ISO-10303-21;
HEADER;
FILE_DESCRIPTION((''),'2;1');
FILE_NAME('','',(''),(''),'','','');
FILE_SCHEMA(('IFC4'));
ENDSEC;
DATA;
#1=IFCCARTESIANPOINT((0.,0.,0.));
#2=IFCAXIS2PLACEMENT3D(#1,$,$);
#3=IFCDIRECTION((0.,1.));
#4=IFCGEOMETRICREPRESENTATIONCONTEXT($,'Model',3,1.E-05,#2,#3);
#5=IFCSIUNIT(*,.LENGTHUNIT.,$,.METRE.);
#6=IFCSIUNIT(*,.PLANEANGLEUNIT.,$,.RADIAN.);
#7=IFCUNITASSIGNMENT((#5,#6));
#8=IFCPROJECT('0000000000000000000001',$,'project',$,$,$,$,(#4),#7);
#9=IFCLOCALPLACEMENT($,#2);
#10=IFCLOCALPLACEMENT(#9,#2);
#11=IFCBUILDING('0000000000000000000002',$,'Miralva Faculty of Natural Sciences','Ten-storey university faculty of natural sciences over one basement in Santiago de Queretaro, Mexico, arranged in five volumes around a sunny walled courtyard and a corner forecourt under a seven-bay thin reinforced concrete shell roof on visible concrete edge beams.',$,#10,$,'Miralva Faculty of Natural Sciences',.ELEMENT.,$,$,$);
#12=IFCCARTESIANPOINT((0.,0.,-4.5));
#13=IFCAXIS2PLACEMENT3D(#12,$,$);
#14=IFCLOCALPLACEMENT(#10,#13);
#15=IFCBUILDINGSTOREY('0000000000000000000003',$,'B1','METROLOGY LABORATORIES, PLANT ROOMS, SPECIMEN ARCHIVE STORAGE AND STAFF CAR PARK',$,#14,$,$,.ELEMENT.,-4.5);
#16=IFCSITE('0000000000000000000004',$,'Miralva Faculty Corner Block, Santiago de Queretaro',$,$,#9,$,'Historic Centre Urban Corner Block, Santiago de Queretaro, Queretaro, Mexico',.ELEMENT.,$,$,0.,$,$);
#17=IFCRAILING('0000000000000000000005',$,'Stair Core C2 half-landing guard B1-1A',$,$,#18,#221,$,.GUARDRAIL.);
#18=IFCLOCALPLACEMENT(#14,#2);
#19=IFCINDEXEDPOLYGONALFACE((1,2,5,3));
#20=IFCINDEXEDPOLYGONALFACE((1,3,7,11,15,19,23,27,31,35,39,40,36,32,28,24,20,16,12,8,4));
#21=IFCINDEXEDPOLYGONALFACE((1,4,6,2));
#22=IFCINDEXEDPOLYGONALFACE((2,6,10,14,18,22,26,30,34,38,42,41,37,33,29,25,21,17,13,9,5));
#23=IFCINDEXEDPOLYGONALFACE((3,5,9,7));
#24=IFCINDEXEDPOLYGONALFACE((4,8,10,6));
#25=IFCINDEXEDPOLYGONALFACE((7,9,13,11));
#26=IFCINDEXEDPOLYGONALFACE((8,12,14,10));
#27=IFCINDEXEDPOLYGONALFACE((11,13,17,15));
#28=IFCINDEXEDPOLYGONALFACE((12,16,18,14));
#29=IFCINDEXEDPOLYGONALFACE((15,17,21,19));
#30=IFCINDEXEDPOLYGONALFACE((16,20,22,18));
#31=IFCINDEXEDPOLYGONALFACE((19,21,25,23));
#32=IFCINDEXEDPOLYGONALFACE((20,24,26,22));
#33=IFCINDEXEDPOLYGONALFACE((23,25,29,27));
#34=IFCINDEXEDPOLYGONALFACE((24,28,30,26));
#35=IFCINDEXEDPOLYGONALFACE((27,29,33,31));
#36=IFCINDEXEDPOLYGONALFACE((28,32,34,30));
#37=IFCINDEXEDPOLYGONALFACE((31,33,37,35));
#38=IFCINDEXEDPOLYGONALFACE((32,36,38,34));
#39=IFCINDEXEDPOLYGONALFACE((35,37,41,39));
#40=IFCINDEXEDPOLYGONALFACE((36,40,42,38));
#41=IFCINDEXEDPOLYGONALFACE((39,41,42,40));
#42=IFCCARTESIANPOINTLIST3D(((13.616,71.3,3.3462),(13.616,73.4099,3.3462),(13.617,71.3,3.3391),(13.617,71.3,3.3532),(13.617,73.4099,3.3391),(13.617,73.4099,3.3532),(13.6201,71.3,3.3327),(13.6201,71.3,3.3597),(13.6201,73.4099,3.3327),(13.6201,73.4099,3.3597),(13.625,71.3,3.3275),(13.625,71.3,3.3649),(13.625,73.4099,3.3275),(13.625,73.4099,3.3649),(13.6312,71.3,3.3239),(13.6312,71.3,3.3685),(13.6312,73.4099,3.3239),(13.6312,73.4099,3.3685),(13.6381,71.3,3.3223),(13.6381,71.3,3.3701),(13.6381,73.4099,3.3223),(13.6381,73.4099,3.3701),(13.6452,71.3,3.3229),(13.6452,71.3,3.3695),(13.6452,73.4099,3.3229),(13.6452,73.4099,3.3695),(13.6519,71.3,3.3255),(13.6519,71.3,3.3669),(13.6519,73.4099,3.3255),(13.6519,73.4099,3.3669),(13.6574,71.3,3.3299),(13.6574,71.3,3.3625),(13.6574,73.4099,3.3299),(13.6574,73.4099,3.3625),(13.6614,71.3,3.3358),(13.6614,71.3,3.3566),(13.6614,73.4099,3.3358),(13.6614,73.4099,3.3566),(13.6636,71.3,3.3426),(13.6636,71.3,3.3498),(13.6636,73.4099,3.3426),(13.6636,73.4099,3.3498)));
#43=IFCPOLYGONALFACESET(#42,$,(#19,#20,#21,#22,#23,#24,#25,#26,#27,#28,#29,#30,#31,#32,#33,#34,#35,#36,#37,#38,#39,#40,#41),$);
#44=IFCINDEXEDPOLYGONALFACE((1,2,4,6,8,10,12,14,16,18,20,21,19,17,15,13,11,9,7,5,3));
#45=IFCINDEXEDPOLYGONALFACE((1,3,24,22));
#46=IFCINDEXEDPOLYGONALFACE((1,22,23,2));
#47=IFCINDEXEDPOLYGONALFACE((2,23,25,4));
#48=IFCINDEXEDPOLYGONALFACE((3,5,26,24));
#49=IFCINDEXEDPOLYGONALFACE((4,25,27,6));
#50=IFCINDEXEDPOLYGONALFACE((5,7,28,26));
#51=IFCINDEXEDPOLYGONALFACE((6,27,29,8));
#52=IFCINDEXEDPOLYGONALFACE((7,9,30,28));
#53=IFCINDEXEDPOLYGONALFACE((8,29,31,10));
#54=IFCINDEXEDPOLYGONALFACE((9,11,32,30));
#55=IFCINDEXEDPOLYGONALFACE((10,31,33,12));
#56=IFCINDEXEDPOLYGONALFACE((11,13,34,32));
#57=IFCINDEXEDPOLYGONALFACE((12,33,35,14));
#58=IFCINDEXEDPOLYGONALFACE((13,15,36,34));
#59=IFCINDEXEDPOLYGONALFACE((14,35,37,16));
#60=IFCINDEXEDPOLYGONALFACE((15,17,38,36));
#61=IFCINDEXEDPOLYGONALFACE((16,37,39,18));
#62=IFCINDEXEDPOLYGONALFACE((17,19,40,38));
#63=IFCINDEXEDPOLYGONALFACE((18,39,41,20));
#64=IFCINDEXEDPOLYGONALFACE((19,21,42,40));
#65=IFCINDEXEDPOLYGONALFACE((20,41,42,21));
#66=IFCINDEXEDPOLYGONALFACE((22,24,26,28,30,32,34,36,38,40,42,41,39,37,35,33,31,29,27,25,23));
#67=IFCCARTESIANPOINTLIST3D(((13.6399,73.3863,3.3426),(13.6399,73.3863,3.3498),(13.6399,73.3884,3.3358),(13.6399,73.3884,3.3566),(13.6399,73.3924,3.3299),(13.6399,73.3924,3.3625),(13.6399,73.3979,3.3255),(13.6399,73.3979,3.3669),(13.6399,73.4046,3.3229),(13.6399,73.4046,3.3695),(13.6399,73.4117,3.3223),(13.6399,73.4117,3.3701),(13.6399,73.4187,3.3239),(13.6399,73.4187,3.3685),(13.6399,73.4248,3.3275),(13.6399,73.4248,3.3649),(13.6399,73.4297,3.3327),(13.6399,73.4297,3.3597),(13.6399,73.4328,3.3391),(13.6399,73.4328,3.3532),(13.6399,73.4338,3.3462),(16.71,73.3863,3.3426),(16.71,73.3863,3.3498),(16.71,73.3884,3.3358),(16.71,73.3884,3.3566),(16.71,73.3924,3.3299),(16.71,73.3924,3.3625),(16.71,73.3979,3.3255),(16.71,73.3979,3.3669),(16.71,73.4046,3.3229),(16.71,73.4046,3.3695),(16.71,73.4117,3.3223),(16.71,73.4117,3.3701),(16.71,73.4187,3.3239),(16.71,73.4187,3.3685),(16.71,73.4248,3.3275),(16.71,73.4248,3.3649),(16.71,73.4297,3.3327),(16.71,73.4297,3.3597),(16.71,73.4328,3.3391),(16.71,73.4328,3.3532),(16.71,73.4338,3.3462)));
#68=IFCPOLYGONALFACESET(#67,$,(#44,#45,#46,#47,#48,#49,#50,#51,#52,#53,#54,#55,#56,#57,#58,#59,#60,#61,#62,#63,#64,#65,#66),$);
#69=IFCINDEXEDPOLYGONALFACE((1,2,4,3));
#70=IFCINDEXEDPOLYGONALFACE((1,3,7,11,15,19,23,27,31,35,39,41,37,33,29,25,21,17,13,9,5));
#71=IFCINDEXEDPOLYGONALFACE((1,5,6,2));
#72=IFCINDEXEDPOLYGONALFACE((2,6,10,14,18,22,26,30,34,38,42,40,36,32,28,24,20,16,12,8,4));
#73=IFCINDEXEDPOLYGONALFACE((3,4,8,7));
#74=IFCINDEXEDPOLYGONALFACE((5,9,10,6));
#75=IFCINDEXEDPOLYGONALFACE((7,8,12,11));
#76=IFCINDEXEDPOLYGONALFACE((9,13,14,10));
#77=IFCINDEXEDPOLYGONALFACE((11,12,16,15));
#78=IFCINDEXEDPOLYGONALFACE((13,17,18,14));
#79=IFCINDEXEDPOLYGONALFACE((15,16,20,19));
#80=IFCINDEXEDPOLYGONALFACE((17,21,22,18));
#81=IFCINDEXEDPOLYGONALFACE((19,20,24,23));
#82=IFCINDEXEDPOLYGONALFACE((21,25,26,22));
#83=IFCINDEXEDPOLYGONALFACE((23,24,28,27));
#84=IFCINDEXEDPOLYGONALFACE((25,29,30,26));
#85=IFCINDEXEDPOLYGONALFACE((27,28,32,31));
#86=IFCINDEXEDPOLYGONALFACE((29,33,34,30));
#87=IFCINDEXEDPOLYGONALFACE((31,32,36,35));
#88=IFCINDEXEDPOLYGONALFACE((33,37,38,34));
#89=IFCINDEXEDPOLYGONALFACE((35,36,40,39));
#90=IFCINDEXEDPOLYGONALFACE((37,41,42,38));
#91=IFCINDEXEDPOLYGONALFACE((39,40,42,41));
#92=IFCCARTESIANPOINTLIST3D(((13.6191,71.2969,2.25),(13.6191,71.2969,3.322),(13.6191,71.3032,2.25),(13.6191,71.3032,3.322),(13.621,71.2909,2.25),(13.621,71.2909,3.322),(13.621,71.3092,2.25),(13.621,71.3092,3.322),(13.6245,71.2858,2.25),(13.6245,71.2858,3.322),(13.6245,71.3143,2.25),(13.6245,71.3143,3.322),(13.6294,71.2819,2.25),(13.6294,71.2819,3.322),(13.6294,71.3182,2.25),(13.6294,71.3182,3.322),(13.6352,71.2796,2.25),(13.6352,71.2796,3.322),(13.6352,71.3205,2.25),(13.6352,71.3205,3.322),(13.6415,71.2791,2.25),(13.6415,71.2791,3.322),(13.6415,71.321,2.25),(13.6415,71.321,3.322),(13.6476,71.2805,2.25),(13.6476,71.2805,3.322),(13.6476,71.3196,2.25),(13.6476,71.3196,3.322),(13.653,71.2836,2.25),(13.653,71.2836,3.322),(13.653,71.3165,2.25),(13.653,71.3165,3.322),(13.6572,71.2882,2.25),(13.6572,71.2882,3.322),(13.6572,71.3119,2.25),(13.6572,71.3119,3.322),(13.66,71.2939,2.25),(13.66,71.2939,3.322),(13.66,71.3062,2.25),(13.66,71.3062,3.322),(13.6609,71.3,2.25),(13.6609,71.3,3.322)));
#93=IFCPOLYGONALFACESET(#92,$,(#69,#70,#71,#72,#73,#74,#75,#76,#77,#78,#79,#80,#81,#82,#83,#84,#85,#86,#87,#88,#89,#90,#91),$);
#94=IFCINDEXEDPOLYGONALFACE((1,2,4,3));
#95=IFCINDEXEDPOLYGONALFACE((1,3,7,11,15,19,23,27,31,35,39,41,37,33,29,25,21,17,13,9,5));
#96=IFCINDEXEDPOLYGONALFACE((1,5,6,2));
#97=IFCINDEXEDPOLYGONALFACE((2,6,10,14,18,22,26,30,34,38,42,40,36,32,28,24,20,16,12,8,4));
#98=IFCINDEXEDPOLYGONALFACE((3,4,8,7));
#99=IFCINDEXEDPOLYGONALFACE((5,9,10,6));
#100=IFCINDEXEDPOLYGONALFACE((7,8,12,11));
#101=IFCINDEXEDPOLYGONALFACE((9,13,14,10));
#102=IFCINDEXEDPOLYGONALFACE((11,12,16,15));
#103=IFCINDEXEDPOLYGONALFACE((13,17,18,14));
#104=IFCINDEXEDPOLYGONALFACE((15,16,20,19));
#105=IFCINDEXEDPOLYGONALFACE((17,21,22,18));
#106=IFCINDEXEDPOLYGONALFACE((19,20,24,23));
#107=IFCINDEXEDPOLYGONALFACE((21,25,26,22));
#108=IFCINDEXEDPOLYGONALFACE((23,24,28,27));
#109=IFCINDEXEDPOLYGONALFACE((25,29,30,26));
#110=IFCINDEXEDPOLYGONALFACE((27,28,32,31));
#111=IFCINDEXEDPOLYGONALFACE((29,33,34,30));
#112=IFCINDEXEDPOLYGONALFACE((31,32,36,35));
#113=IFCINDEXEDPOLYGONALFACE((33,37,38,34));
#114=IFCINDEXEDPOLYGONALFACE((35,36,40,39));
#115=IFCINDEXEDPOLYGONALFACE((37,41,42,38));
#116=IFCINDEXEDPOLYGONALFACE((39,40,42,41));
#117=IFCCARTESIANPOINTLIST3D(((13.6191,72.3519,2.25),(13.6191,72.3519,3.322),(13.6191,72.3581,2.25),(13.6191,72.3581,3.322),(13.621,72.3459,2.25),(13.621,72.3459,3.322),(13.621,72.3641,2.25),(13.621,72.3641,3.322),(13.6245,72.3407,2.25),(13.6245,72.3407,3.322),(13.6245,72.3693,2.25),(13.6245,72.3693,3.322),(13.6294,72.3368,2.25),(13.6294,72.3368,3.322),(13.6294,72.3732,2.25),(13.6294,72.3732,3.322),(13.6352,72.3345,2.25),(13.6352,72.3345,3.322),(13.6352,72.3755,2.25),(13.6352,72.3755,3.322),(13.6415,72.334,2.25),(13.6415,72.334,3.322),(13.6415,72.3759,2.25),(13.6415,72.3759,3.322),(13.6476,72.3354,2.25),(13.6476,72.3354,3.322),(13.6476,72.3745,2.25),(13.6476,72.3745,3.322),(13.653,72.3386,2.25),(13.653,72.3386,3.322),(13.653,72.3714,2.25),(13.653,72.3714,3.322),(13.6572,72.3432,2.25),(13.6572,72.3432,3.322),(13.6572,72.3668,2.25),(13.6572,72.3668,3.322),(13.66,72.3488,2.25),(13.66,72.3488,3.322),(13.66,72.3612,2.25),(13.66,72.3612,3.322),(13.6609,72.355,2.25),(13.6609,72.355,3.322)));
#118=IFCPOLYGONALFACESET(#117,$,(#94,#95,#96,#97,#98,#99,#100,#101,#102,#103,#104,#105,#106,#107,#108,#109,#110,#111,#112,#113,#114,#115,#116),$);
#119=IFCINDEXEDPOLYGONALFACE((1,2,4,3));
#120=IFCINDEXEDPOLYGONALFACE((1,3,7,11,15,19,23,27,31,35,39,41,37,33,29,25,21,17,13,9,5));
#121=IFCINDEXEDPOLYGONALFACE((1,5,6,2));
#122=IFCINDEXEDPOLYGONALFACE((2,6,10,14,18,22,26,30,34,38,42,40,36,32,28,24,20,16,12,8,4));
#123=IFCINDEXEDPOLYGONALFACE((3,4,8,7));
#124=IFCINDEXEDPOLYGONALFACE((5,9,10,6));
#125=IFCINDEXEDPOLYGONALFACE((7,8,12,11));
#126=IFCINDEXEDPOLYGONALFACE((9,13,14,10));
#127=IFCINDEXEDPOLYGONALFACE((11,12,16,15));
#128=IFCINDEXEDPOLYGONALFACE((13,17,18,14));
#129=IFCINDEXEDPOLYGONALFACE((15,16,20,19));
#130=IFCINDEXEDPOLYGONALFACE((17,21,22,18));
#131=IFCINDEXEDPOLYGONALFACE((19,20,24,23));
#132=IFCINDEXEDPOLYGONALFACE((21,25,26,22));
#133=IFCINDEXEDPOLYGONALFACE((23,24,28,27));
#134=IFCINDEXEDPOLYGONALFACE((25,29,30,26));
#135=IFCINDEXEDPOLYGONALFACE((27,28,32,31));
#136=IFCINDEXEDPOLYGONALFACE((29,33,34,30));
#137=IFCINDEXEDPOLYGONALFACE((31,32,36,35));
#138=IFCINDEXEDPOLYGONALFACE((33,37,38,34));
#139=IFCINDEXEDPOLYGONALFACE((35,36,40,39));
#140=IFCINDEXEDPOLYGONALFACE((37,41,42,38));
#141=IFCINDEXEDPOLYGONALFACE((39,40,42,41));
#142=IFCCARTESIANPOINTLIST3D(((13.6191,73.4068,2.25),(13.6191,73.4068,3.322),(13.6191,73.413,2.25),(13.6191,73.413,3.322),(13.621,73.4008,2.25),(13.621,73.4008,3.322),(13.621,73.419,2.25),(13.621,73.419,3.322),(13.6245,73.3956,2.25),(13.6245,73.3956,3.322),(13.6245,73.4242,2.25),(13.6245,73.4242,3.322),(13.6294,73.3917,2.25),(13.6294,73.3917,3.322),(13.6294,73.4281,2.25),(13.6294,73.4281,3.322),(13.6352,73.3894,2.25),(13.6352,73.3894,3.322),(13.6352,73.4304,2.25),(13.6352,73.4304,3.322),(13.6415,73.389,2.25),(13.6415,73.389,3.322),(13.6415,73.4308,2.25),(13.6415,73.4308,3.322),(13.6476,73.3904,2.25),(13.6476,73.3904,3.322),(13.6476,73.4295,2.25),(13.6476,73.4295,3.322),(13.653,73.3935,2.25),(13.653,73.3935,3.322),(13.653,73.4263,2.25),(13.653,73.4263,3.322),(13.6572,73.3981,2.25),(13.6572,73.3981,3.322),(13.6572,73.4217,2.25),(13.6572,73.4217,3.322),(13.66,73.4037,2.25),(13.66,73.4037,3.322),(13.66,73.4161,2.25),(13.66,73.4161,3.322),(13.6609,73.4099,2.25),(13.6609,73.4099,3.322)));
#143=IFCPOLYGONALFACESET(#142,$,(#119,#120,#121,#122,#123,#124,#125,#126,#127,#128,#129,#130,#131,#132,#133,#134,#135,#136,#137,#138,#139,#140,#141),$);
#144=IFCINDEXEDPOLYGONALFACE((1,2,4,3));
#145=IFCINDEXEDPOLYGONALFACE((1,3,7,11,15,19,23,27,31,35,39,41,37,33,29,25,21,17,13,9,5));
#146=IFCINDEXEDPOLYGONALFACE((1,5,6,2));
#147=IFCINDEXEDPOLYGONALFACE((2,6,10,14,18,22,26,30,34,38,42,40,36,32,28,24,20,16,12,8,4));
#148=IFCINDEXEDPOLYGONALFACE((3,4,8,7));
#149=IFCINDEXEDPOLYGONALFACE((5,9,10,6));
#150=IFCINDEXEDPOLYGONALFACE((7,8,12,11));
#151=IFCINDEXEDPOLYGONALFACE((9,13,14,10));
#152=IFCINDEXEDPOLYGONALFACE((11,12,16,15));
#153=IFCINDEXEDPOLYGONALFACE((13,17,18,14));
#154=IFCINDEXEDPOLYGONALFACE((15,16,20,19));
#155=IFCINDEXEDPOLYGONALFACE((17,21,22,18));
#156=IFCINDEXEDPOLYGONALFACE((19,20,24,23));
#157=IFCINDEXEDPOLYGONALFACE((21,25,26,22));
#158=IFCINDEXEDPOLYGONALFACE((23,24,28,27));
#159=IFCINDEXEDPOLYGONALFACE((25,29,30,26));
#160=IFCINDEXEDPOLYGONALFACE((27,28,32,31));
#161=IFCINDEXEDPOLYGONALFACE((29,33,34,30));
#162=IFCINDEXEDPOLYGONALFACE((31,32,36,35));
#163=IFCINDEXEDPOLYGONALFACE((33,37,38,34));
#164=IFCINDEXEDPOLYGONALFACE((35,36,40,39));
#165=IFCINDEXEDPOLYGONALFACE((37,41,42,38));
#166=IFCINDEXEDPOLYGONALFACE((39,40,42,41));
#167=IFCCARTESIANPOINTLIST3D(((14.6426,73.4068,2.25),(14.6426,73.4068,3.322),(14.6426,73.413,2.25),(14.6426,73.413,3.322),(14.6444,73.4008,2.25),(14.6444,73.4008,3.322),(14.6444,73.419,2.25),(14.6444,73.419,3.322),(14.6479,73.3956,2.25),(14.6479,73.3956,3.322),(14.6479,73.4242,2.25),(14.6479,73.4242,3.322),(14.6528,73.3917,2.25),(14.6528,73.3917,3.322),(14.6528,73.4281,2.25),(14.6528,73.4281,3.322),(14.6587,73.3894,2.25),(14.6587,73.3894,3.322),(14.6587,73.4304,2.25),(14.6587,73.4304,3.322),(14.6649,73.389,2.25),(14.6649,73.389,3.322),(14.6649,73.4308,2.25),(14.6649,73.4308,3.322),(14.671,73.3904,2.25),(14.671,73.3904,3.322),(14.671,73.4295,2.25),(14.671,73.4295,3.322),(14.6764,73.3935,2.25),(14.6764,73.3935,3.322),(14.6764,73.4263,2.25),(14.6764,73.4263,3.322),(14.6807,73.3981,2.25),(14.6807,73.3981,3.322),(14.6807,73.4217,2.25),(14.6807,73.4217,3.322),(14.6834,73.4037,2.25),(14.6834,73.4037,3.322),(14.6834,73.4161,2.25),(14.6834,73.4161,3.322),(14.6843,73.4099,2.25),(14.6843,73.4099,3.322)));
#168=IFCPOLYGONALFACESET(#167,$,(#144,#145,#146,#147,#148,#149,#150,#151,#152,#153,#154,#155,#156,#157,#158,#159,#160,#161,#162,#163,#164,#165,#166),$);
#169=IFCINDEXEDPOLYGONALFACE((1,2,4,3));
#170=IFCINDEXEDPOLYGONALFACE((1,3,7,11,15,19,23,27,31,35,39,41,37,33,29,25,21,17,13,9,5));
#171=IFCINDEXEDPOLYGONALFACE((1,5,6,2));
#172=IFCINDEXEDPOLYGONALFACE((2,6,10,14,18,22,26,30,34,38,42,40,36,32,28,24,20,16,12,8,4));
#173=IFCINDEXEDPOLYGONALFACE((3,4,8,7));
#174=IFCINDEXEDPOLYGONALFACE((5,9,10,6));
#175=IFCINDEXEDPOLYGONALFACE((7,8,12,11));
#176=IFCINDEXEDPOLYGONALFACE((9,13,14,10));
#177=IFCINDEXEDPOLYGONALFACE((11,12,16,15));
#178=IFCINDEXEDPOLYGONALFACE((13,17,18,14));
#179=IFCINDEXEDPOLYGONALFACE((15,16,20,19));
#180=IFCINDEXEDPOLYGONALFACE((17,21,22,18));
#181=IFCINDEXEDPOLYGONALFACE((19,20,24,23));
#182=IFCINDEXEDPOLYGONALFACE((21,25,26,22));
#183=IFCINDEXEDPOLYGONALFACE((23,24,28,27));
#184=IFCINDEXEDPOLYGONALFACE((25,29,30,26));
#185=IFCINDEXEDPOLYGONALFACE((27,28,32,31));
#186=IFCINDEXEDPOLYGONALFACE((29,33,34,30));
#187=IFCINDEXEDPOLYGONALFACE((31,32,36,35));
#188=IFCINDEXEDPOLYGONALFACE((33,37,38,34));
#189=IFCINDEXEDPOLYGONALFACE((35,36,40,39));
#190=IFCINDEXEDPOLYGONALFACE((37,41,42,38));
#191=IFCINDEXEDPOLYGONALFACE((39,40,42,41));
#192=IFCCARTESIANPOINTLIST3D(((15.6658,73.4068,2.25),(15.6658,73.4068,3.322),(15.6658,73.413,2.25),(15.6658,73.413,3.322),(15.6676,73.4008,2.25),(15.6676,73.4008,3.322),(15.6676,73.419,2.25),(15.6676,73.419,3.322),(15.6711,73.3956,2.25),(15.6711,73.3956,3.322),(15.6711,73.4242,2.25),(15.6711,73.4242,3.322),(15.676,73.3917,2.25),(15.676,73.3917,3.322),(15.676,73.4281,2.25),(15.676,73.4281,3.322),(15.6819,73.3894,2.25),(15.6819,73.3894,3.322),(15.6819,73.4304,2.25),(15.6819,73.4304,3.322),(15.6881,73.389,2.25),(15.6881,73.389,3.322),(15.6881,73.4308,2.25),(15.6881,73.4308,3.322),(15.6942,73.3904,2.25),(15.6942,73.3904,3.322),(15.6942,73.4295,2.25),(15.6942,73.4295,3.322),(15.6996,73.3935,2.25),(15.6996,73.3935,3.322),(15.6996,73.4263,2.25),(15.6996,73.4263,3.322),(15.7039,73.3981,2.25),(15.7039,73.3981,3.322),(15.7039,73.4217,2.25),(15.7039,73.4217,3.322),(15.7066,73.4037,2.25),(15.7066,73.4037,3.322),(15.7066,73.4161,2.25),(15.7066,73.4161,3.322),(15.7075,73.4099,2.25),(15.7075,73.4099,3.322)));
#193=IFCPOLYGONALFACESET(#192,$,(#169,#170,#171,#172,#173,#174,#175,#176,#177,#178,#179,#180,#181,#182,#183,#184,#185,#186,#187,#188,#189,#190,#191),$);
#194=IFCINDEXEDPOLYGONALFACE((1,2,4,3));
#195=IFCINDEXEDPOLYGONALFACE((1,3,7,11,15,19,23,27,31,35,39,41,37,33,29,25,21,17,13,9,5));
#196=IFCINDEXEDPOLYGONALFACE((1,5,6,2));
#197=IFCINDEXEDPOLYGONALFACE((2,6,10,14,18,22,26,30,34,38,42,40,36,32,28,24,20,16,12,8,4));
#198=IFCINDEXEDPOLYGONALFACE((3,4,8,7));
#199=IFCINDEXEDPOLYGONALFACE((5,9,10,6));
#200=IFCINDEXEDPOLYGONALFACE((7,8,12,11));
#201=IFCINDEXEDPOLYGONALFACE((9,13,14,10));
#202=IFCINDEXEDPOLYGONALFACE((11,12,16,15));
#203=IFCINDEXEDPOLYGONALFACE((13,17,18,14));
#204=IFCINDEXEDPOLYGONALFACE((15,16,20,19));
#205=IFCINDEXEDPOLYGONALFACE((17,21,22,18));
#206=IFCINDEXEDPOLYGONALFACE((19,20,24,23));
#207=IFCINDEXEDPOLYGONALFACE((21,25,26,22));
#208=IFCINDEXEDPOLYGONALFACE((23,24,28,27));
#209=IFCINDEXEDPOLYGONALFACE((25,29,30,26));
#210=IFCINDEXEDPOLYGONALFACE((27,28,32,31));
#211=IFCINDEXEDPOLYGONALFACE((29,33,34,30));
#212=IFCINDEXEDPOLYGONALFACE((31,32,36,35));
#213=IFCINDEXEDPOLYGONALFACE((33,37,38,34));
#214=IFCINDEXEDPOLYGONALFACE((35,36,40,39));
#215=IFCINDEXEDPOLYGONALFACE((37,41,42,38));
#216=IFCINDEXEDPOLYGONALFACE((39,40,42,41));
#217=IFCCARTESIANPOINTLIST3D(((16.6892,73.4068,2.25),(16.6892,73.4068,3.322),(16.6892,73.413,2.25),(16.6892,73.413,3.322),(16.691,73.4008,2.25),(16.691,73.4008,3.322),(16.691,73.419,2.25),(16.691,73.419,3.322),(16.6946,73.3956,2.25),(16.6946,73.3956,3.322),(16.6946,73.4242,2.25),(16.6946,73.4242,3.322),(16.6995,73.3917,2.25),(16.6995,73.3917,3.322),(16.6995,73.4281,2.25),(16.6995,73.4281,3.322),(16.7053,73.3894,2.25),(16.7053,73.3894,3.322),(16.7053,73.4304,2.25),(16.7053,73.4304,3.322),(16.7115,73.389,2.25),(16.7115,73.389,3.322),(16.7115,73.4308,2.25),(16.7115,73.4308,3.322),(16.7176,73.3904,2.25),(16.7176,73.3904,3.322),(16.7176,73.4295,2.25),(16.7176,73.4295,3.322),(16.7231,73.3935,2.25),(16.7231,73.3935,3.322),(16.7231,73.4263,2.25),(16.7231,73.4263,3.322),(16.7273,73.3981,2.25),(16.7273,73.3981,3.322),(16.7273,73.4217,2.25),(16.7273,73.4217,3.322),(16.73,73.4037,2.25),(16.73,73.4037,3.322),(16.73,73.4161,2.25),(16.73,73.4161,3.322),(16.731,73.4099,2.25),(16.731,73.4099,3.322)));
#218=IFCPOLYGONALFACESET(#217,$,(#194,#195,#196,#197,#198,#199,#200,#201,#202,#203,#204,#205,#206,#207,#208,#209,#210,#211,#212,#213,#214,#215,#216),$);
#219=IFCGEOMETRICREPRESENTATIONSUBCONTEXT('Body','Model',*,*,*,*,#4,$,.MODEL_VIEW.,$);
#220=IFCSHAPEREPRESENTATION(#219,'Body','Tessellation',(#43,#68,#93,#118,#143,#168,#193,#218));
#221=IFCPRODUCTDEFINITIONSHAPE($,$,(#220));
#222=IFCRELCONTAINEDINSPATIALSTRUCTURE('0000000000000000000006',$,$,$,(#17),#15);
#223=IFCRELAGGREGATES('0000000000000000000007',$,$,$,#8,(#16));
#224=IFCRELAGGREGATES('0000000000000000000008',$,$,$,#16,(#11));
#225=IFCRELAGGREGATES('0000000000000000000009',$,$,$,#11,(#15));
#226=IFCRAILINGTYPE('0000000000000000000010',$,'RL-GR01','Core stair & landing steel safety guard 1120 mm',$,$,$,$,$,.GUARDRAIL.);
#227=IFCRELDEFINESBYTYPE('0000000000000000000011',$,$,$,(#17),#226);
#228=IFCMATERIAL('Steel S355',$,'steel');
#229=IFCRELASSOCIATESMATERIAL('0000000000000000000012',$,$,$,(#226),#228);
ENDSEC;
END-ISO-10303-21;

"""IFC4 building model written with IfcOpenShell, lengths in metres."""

from ifc_helpers import new_model, si_unit, direction, frame, origin, origin_2d, place, context, subcontext, project, spatial, circle, extrude, material, type_object, element, save


model = new_model("IFC4")

# Units and contexts
model_context = context("Model", 3, precision=1e-05, world=origin(), true_north=direction((0.0, 1.0)))
body_context = subcontext(model_context, "Body", "Model", "MODEL_VIEW")
ifc_project = project(units=[si_unit("LENGTHUNIT", "METRE"), si_unit("PLANEANGLEUNIT", "RADIAN")], contexts=[model_context])

# Site, building, storey
site_placement = place(None, origin())
site = spatial("IfcSite", under=ifc_project, at=site_placement, Name="Miralva Faculty Corner Block, Santiago de Queretaro", LongName="Historic Centre Urban Corner Block, Santiago de Queretaro, Queretaro, Mexico", CompositionType="ELEMENT", RefElevation=0.0)
building_placement = place(site_placement, origin())
building = spatial("IfcBuilding", under=site, at=building_placement, Name="Miralva Faculty of Natural Sciences", Description="Ten-storey university faculty of natural sciences over one basement in Santiago de Queretaro, Mexico, arranged in five volumes around a sunny walled courtyard and a corner forecourt under a seven-bay thin reinforced concrete shell roof on visible concrete edge beams.", LongName="Miralva Faculty of Natural Sciences", CompositionType="ELEMENT")
storey_placement = place(building_placement, frame((0.0, 0.0, -4.5)))
storey = spatial("IfcBuildingStorey", under=building, at=storey_placement, Name="B1", Description="METROLOGY LABORATORIES, PLANT ROOMS, SPECIMEN ARCHIVE STORAGE AND STAFF CAR PARK", CompositionType="ELEMENT", Elevation=-4.5)

# Railing
ifc_material_1 = material(Name="Steel S355", Category="steel")
railing_type_1 = type_object("IfcRailingType", Name="RL-GR01", Description="Core stair & landing steel safety guard 1120 mm", PredefinedType="GUARDRAIL", material=ifc_material_1)
railing_1_placement = place(storey_placement, frame((13.6399, 71.3, 2.25)))
element("IfcRailing", 1, at=railing_1_placement, inside=storey, type_object=railing_type_1, Name="Stair Core C2 half-landing guard B1-1A", PredefinedType="GUARDRAIL", context=body_context, shape_type="SweptSolid", body=[
    extrude(circle(Radius=0.0239, at=origin_2d()), frame((0.0, 0.0, 1.0962), z_axis=(0.0, 1.0, 0.0), x_axis=(-1.0, 0.0, 0.0)), (0.0, 0.0, 1.0), 2.1099),
    extrude(circle(Radius=0.0239, at=origin_2d()), frame((0.0, 2.1099, 1.0962), z_axis=(1.0, 0.0, 0.0), x_axis=(0.0, 1.0, 0.0)), (0.0, 0.0, 1.0), 3.0701),
    extrude(circle(Radius=0.021, at=origin_2d()), origin(), (0.0, 0.0, 1.0), 1.072),
    extrude(circle(Radius=0.021, at=origin_2d()), frame((0.0, 1.0549, 0.0)), (0.0, 0.0, 1.0), 1.072),
    extrude(circle(Radius=0.021, at=origin_2d()), frame((0.0, 2.1099, 0.0)), (0.0, 0.0, 1.0), 1.072),
    extrude(circle(Radius=0.021, at=origin_2d()), frame((1.0234, 2.1099, 0.0)), (0.0, 0.0, 1.0), 1.072),
    extrude(circle(Radius=0.021, at=origin_2d()), frame((2.0466, 2.1099, 0.0)), (0.0, 0.0, 1.0), 1.072),
    extrude(circle(Radius=0.021, at=origin_2d()), frame((3.0701, 2.1099, 0.0)), (0.0, 0.0, 1.0), 1.072),
])

save(model, "model.ifc")
